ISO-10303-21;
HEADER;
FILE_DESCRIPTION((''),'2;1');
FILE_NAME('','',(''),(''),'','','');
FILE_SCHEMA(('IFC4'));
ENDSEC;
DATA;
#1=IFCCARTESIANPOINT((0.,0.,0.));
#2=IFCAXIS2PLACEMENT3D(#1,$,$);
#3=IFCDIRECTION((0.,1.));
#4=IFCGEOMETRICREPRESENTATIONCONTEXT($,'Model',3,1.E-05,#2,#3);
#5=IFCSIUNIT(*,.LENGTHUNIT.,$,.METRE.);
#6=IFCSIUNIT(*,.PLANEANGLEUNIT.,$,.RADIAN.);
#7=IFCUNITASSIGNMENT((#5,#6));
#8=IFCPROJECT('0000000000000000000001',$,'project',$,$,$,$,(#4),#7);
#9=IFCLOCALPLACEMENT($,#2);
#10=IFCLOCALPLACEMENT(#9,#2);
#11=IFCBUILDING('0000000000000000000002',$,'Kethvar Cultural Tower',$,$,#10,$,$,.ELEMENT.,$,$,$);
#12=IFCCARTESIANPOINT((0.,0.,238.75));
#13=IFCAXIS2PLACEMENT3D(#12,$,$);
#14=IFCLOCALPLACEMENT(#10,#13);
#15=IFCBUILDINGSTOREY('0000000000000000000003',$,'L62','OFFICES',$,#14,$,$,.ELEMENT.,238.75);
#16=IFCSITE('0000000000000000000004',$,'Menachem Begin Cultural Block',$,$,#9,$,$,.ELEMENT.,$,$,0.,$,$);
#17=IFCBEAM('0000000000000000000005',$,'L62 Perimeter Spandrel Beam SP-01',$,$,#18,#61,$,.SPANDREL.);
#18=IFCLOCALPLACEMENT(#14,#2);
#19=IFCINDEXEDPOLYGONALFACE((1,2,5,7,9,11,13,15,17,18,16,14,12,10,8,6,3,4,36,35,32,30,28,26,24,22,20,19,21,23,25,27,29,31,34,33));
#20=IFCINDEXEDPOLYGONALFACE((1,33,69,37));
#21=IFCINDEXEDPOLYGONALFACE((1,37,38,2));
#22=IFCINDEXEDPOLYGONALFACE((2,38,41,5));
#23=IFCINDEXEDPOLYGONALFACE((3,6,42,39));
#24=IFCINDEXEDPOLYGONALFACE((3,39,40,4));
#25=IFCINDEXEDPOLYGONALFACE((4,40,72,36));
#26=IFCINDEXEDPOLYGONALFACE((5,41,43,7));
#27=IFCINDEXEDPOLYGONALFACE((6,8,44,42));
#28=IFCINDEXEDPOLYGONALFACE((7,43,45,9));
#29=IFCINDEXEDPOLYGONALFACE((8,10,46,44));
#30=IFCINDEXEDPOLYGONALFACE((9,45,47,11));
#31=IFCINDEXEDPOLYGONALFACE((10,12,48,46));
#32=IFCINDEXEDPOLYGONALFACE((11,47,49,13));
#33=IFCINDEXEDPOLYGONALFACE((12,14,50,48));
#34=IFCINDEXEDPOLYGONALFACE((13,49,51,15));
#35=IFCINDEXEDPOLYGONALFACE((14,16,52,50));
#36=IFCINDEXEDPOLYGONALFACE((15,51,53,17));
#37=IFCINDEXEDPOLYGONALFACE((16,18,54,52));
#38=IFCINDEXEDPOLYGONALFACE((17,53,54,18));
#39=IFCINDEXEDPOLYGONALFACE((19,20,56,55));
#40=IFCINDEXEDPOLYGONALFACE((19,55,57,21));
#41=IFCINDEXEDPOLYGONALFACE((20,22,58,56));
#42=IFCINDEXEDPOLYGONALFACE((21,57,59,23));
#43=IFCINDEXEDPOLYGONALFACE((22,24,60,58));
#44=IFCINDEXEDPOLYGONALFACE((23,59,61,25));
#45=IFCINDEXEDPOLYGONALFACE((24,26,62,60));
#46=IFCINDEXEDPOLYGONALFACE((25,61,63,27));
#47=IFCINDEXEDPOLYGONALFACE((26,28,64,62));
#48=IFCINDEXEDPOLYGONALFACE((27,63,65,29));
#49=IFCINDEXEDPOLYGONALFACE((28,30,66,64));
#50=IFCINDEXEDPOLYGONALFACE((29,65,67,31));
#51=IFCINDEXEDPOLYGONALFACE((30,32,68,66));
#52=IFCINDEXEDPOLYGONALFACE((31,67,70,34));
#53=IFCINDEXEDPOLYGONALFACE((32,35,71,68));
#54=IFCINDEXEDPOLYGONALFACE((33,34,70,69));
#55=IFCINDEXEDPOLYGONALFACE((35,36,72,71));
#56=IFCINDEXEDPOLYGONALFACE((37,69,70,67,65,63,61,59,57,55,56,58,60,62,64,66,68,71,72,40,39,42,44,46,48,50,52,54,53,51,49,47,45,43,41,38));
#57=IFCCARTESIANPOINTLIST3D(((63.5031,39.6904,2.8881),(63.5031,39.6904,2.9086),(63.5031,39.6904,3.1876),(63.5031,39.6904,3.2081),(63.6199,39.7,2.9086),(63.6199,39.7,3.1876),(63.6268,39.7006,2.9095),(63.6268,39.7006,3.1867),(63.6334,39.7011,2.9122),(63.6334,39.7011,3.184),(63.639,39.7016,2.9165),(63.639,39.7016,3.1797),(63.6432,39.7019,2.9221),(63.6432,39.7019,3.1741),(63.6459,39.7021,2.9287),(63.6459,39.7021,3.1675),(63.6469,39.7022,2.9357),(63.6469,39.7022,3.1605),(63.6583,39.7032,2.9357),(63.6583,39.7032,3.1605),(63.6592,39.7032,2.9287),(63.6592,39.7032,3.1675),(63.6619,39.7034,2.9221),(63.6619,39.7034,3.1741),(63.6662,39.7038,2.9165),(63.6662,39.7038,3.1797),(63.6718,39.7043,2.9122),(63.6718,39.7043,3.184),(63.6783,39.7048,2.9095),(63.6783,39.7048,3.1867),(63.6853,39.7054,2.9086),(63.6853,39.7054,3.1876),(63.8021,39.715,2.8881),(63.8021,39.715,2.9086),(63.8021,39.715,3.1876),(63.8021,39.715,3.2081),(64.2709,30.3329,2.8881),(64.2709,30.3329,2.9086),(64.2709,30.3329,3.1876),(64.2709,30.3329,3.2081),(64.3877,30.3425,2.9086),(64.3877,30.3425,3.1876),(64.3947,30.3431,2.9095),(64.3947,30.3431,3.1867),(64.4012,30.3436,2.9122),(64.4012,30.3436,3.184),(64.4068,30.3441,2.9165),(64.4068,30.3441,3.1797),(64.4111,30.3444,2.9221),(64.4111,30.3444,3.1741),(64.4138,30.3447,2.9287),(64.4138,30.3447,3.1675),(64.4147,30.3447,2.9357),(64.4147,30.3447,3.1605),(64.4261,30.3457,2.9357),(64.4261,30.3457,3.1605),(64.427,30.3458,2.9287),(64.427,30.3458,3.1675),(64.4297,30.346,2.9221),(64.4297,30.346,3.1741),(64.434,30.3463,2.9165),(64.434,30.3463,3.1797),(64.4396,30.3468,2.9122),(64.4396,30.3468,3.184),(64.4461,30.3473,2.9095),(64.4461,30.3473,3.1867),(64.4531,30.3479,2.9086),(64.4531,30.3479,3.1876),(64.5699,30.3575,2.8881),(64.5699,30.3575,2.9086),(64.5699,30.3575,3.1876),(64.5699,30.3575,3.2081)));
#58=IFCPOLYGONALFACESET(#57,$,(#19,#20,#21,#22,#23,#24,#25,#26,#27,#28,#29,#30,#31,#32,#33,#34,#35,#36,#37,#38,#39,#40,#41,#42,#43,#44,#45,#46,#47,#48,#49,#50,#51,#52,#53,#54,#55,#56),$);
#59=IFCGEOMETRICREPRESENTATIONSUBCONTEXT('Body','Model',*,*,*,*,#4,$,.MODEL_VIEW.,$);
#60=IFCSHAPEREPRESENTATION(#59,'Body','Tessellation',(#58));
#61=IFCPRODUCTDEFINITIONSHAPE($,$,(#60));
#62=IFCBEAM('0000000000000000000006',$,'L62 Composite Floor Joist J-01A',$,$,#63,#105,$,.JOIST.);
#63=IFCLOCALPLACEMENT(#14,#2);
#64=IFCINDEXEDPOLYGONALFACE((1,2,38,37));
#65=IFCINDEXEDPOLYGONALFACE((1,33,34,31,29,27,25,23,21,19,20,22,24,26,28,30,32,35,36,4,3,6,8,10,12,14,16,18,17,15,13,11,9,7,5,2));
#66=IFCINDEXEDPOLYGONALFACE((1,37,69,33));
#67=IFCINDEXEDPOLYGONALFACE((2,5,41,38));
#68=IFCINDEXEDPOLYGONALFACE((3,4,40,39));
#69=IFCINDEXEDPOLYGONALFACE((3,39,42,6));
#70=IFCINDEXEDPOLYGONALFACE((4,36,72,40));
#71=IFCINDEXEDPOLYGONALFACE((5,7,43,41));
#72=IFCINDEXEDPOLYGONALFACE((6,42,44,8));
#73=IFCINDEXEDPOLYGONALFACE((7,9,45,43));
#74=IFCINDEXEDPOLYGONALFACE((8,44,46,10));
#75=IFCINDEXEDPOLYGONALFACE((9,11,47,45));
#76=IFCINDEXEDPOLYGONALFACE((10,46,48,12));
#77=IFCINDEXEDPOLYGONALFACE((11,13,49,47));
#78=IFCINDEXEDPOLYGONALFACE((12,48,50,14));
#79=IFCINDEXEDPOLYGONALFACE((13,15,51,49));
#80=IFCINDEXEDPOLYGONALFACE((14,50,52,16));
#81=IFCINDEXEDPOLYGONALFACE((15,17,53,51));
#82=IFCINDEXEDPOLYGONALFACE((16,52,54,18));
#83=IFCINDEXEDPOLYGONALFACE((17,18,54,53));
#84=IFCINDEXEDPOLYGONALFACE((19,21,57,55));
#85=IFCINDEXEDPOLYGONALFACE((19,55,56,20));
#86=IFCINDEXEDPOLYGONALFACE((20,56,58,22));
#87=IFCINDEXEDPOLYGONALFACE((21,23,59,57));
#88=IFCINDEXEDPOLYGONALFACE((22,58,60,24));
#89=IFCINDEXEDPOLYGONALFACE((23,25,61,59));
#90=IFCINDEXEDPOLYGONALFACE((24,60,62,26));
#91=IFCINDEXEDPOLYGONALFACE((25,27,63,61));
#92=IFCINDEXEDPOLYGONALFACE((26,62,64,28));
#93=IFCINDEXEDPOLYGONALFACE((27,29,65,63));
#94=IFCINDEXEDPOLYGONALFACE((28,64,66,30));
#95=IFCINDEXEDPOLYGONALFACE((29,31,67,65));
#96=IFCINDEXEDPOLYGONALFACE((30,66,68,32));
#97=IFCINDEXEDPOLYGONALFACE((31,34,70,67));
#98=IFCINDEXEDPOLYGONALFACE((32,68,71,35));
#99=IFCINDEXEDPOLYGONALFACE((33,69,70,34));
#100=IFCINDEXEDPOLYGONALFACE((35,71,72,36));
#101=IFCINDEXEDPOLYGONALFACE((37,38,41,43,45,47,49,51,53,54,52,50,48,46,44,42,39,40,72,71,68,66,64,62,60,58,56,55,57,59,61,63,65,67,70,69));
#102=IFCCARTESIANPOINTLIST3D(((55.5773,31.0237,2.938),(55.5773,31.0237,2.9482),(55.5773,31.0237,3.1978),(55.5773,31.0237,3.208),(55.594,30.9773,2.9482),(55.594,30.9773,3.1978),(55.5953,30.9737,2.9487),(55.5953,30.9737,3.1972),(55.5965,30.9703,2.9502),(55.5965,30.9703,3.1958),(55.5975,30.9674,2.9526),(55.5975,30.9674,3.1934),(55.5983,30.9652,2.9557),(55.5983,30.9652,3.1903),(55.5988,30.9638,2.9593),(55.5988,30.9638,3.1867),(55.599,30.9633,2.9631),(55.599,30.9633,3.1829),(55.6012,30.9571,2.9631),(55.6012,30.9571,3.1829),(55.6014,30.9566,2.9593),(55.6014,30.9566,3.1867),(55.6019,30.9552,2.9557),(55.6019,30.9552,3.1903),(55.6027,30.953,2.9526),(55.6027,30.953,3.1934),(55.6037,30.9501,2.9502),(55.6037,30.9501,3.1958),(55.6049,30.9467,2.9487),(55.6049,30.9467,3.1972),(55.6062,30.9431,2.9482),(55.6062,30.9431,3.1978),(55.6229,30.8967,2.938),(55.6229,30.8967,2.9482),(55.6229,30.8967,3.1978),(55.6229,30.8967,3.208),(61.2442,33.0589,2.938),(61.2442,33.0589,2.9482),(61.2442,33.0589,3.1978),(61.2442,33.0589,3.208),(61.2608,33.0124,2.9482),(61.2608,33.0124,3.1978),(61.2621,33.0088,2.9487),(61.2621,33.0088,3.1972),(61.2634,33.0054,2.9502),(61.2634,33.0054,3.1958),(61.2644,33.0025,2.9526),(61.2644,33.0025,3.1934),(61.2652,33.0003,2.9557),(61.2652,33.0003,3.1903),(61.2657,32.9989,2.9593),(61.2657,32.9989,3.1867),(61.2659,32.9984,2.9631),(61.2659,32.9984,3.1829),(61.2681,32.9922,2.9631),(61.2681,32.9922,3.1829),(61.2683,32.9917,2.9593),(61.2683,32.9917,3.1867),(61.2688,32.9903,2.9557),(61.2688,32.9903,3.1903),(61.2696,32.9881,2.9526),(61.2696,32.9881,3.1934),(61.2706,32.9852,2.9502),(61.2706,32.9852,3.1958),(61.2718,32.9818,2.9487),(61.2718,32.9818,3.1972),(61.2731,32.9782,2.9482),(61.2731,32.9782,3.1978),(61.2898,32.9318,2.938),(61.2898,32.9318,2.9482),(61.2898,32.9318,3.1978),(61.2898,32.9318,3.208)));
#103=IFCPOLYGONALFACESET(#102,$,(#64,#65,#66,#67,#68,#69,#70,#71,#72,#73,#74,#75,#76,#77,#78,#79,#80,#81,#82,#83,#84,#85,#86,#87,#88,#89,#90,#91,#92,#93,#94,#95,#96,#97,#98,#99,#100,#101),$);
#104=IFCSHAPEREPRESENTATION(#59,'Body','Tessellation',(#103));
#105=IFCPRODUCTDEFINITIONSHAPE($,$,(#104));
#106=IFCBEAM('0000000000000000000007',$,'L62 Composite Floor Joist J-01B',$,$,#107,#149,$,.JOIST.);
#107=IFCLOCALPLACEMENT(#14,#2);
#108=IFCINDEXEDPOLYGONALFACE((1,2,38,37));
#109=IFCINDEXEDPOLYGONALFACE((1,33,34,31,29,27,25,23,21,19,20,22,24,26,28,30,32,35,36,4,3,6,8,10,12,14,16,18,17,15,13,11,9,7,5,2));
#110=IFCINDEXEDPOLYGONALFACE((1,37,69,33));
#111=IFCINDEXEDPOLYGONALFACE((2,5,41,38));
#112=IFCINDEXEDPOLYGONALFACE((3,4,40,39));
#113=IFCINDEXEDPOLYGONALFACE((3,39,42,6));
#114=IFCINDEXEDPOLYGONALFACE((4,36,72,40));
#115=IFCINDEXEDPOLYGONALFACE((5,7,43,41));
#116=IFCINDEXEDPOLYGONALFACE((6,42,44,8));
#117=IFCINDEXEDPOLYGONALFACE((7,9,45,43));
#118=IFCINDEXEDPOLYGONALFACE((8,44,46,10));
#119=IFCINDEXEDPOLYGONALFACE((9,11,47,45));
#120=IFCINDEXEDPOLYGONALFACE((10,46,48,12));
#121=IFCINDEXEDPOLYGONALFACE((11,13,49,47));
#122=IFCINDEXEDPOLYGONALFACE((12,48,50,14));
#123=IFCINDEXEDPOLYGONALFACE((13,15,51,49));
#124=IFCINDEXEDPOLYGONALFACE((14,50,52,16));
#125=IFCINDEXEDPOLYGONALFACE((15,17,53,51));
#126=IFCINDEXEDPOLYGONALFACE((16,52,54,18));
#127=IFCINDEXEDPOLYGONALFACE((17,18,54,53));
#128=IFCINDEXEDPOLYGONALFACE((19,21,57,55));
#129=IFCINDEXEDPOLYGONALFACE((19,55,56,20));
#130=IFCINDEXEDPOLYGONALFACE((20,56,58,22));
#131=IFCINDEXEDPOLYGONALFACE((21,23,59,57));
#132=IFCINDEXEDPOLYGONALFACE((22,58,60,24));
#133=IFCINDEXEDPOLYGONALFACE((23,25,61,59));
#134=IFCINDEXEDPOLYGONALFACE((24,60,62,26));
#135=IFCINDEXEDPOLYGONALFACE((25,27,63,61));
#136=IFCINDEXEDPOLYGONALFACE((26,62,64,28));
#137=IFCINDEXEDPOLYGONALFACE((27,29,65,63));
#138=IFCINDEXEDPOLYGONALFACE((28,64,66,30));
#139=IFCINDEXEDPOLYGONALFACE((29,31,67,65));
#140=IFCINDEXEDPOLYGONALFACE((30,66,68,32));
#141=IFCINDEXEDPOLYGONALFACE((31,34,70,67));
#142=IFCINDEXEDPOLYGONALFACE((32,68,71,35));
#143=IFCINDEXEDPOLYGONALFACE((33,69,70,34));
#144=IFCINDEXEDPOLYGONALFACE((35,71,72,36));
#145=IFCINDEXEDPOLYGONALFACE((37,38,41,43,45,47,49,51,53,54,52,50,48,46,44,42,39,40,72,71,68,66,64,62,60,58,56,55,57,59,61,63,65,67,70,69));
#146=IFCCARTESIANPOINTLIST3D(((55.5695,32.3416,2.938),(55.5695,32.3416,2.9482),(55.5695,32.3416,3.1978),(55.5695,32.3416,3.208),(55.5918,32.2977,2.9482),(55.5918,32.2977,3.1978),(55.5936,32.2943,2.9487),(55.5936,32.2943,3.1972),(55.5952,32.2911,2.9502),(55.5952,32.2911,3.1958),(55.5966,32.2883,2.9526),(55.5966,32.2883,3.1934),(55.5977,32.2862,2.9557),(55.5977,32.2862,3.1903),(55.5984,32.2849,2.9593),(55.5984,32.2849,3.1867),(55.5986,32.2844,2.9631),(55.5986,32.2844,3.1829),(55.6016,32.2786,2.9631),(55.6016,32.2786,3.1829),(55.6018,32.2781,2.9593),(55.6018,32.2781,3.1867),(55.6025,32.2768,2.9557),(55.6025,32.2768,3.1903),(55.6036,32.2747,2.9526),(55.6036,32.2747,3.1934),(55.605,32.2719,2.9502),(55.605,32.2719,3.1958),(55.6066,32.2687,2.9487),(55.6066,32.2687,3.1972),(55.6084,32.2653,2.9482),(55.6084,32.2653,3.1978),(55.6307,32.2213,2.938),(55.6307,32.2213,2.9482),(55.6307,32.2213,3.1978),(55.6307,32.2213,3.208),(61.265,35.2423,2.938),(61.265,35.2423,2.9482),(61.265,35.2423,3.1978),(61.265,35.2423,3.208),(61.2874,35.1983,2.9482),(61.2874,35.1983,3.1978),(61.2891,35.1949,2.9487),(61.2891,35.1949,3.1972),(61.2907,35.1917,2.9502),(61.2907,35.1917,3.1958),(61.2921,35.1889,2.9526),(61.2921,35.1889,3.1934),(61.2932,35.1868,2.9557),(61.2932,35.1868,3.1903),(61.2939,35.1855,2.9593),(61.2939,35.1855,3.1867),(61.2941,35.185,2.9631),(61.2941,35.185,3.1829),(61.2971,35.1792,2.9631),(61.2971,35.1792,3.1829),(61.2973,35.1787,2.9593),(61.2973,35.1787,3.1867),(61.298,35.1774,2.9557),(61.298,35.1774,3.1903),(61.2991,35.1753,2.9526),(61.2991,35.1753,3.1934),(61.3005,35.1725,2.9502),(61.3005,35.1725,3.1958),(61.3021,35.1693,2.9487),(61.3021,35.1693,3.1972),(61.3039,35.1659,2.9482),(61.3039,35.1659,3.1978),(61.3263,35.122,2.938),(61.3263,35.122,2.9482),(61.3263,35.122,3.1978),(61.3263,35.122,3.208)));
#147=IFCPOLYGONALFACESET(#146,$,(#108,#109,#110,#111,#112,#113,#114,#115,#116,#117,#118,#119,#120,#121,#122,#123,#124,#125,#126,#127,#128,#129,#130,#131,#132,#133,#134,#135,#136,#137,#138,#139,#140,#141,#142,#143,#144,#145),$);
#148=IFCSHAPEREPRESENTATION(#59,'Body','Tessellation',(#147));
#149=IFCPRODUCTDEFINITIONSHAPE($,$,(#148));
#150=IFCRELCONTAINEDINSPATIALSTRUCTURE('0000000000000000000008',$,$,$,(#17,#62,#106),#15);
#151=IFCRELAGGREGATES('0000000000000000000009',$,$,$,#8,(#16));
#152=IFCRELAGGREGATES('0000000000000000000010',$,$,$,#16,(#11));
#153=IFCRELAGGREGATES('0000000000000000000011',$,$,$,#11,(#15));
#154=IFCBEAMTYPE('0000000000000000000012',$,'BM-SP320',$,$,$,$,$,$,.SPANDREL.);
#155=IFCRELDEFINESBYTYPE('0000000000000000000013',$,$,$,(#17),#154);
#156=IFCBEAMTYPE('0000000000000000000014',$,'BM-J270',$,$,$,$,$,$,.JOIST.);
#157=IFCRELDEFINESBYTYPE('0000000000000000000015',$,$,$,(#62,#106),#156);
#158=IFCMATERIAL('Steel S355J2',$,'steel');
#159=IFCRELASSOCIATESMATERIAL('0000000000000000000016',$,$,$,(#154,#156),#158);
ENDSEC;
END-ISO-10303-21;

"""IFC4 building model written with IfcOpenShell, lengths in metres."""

from ifc_helpers import new_model, si_unit, direction, frame, origin, origin_2d, place, context, subcontext, project, spatial, i_section, extrude, source, transform, mapped, material, material_profile, profile_set, type_object, element, save


model = new_model("IFC4")

# Units and contexts
model_context = context("Model", 3, precision=1e-05, world=origin(), true_north=direction((0.0, 1.0)))
body_context = subcontext(model_context, "Body", "Model", "MODEL_VIEW")
ifc_project = project(units=[si_unit("LENGTHUNIT", "METRE"), si_unit("PLANEANGLEUNIT", "RADIAN")], contexts=[model_context])

# Site, building, storey
site_placement = place(None, origin())
site = spatial("IfcSite", under=ifc_project, at=site_placement, Name="Menachem Begin Cultural Block", CompositionType="ELEMENT", RefElevation=0.0)
building_placement = place(site_placement, origin())
building = spatial("IfcBuilding", under=site, at=building_placement, Name="Kethvar Cultural Tower", CompositionType="ELEMENT")
storey_placement = place(building_placement, frame((0.0, 0.0, 238.75)))
storey = spatial("IfcBuildingStorey", under=building, at=storey_placement, Name="L62", Description="OFFICES", CompositionType="ELEMENT", Elevation=238.75)

# Beams
ifc_material_1 = material(Name="Steel S355J2", Category="steel")
ifc_material_profile_1 = material_profile(ifc_material_1, i_section(OverallWidth=0.3, OverallDepth=0.3201, WebThickness=0.0115, FlangeThickness=0.0205, FilletRadius=0.0271, at=origin_2d()), Name="Steel S355J2 — HEB320")
ifc_profile_set_1 = profile_set([ifc_material_profile_1], Name="Steel S355J2 — HEB320")
beam_type_1 = type_object("IfcBeamType", Name="BM-SP320", PredefinedType="SPANDREL", material=ifc_profile_set_1)
shared_shape_1 = source(origin(), body_context, "Body", "SweptSolid", [
    extrude(i_section(OverallWidth=0.3, OverallDepth=0.3201, WebThickness=0.0115, FlangeThickness=0.0205, FilletRadius=0.0271, at=origin_2d()), origin(), (0.0, 0.0, 1.0), 9.3889),
])
beam_1_placement = place(storey_placement, frame((64.4204, 30.3452, 3.0481), z_axis=(-0.08178, 0.99665, 0.0), x_axis=(-0.99665, -0.08178, 0.0)))
element("IfcBeam", 1, at=beam_1_placement, inside=storey, type_object=beam_type_1, Name="L62 Perimeter Spandrel Beam SP-01", PredefinedType="SPANDREL", context=body_context, shape_type="MappedRepresentation", body=[
    mapped(shared_shape_1, transform((0.0, 0.0, 0.0), scale=1.0)),
])
ifc_material_profile_2 = material_profile(ifc_material_1, i_section(OverallWidth=0.135, OverallDepth=0.27, WebThickness=0.0066, FlangeThickness=0.0103, FilletRadius=0.0149, at=origin_2d()), Name="Steel S355J2 — IPE270")
ifc_profile_set_2 = profile_set([ifc_material_profile_2], Name="Steel S355J2 — IPE270")
beam_type_2 = type_object("IfcBeamType", Name="BM-J270", PredefinedType="JOIST", material=ifc_profile_set_2)
shared_shape_2 = source(origin(), body_context, "Body", "SweptSolid", [
    extrude(i_section(OverallWidth=0.135, OverallDepth=0.27, WebThickness=0.0066, FlangeThickness=0.0103, FilletRadius=0.0149, at=origin_2d()), origin(), (0.0, 0.0, 1.0), 6.0212),
])
beam_2_placement = place(storey_placement, frame((55.6001, 30.9602, 3.073), z_axis=(0.94115, 0.33799, 0.0), x_axis=(-0.33799, 0.94115, 0.0)))
element("IfcBeam", 2, at=beam_2_placement, inside=storey, type_object=beam_type_2, Name="L62 Composite Floor Joist J-01A", PredefinedType="JOIST", context=body_context, shape_type="MappedRepresentation", body=[
    mapped(shared_shape_2, transform((0.0, 0.0, 0.0), scale=1.0)),
])
shared_shape_3 = source(origin(), body_context, "Body", "SweptSolid", [
    extrude(i_section(OverallWidth=0.135, OverallDepth=0.27, WebThickness=0.0066, FlangeThickness=0.0103, FilletRadius=0.0149, at=origin_2d()), origin(), (0.0, 0.0, 1.0), 6.3916),
])
beam_3_placement = place(storey_placement, frame((55.6001, 32.2815, 3.073), z_axis=(0.891095, 0.453817, 0.0), x_axis=(-0.453817, 0.891095, 0.0)))
element("IfcBeam", 3, at=beam_3_placement, inside=storey, type_object=beam_type_2, Name="L62 Composite Floor Joist J-01B", PredefinedType="JOIST", context=body_context, shape_type="MappedRepresentation", body=[
    mapped(shared_shape_3, transform((0.0, 0.0, 0.0), scale=1.0)),
])

save(model, "model.ifc")
